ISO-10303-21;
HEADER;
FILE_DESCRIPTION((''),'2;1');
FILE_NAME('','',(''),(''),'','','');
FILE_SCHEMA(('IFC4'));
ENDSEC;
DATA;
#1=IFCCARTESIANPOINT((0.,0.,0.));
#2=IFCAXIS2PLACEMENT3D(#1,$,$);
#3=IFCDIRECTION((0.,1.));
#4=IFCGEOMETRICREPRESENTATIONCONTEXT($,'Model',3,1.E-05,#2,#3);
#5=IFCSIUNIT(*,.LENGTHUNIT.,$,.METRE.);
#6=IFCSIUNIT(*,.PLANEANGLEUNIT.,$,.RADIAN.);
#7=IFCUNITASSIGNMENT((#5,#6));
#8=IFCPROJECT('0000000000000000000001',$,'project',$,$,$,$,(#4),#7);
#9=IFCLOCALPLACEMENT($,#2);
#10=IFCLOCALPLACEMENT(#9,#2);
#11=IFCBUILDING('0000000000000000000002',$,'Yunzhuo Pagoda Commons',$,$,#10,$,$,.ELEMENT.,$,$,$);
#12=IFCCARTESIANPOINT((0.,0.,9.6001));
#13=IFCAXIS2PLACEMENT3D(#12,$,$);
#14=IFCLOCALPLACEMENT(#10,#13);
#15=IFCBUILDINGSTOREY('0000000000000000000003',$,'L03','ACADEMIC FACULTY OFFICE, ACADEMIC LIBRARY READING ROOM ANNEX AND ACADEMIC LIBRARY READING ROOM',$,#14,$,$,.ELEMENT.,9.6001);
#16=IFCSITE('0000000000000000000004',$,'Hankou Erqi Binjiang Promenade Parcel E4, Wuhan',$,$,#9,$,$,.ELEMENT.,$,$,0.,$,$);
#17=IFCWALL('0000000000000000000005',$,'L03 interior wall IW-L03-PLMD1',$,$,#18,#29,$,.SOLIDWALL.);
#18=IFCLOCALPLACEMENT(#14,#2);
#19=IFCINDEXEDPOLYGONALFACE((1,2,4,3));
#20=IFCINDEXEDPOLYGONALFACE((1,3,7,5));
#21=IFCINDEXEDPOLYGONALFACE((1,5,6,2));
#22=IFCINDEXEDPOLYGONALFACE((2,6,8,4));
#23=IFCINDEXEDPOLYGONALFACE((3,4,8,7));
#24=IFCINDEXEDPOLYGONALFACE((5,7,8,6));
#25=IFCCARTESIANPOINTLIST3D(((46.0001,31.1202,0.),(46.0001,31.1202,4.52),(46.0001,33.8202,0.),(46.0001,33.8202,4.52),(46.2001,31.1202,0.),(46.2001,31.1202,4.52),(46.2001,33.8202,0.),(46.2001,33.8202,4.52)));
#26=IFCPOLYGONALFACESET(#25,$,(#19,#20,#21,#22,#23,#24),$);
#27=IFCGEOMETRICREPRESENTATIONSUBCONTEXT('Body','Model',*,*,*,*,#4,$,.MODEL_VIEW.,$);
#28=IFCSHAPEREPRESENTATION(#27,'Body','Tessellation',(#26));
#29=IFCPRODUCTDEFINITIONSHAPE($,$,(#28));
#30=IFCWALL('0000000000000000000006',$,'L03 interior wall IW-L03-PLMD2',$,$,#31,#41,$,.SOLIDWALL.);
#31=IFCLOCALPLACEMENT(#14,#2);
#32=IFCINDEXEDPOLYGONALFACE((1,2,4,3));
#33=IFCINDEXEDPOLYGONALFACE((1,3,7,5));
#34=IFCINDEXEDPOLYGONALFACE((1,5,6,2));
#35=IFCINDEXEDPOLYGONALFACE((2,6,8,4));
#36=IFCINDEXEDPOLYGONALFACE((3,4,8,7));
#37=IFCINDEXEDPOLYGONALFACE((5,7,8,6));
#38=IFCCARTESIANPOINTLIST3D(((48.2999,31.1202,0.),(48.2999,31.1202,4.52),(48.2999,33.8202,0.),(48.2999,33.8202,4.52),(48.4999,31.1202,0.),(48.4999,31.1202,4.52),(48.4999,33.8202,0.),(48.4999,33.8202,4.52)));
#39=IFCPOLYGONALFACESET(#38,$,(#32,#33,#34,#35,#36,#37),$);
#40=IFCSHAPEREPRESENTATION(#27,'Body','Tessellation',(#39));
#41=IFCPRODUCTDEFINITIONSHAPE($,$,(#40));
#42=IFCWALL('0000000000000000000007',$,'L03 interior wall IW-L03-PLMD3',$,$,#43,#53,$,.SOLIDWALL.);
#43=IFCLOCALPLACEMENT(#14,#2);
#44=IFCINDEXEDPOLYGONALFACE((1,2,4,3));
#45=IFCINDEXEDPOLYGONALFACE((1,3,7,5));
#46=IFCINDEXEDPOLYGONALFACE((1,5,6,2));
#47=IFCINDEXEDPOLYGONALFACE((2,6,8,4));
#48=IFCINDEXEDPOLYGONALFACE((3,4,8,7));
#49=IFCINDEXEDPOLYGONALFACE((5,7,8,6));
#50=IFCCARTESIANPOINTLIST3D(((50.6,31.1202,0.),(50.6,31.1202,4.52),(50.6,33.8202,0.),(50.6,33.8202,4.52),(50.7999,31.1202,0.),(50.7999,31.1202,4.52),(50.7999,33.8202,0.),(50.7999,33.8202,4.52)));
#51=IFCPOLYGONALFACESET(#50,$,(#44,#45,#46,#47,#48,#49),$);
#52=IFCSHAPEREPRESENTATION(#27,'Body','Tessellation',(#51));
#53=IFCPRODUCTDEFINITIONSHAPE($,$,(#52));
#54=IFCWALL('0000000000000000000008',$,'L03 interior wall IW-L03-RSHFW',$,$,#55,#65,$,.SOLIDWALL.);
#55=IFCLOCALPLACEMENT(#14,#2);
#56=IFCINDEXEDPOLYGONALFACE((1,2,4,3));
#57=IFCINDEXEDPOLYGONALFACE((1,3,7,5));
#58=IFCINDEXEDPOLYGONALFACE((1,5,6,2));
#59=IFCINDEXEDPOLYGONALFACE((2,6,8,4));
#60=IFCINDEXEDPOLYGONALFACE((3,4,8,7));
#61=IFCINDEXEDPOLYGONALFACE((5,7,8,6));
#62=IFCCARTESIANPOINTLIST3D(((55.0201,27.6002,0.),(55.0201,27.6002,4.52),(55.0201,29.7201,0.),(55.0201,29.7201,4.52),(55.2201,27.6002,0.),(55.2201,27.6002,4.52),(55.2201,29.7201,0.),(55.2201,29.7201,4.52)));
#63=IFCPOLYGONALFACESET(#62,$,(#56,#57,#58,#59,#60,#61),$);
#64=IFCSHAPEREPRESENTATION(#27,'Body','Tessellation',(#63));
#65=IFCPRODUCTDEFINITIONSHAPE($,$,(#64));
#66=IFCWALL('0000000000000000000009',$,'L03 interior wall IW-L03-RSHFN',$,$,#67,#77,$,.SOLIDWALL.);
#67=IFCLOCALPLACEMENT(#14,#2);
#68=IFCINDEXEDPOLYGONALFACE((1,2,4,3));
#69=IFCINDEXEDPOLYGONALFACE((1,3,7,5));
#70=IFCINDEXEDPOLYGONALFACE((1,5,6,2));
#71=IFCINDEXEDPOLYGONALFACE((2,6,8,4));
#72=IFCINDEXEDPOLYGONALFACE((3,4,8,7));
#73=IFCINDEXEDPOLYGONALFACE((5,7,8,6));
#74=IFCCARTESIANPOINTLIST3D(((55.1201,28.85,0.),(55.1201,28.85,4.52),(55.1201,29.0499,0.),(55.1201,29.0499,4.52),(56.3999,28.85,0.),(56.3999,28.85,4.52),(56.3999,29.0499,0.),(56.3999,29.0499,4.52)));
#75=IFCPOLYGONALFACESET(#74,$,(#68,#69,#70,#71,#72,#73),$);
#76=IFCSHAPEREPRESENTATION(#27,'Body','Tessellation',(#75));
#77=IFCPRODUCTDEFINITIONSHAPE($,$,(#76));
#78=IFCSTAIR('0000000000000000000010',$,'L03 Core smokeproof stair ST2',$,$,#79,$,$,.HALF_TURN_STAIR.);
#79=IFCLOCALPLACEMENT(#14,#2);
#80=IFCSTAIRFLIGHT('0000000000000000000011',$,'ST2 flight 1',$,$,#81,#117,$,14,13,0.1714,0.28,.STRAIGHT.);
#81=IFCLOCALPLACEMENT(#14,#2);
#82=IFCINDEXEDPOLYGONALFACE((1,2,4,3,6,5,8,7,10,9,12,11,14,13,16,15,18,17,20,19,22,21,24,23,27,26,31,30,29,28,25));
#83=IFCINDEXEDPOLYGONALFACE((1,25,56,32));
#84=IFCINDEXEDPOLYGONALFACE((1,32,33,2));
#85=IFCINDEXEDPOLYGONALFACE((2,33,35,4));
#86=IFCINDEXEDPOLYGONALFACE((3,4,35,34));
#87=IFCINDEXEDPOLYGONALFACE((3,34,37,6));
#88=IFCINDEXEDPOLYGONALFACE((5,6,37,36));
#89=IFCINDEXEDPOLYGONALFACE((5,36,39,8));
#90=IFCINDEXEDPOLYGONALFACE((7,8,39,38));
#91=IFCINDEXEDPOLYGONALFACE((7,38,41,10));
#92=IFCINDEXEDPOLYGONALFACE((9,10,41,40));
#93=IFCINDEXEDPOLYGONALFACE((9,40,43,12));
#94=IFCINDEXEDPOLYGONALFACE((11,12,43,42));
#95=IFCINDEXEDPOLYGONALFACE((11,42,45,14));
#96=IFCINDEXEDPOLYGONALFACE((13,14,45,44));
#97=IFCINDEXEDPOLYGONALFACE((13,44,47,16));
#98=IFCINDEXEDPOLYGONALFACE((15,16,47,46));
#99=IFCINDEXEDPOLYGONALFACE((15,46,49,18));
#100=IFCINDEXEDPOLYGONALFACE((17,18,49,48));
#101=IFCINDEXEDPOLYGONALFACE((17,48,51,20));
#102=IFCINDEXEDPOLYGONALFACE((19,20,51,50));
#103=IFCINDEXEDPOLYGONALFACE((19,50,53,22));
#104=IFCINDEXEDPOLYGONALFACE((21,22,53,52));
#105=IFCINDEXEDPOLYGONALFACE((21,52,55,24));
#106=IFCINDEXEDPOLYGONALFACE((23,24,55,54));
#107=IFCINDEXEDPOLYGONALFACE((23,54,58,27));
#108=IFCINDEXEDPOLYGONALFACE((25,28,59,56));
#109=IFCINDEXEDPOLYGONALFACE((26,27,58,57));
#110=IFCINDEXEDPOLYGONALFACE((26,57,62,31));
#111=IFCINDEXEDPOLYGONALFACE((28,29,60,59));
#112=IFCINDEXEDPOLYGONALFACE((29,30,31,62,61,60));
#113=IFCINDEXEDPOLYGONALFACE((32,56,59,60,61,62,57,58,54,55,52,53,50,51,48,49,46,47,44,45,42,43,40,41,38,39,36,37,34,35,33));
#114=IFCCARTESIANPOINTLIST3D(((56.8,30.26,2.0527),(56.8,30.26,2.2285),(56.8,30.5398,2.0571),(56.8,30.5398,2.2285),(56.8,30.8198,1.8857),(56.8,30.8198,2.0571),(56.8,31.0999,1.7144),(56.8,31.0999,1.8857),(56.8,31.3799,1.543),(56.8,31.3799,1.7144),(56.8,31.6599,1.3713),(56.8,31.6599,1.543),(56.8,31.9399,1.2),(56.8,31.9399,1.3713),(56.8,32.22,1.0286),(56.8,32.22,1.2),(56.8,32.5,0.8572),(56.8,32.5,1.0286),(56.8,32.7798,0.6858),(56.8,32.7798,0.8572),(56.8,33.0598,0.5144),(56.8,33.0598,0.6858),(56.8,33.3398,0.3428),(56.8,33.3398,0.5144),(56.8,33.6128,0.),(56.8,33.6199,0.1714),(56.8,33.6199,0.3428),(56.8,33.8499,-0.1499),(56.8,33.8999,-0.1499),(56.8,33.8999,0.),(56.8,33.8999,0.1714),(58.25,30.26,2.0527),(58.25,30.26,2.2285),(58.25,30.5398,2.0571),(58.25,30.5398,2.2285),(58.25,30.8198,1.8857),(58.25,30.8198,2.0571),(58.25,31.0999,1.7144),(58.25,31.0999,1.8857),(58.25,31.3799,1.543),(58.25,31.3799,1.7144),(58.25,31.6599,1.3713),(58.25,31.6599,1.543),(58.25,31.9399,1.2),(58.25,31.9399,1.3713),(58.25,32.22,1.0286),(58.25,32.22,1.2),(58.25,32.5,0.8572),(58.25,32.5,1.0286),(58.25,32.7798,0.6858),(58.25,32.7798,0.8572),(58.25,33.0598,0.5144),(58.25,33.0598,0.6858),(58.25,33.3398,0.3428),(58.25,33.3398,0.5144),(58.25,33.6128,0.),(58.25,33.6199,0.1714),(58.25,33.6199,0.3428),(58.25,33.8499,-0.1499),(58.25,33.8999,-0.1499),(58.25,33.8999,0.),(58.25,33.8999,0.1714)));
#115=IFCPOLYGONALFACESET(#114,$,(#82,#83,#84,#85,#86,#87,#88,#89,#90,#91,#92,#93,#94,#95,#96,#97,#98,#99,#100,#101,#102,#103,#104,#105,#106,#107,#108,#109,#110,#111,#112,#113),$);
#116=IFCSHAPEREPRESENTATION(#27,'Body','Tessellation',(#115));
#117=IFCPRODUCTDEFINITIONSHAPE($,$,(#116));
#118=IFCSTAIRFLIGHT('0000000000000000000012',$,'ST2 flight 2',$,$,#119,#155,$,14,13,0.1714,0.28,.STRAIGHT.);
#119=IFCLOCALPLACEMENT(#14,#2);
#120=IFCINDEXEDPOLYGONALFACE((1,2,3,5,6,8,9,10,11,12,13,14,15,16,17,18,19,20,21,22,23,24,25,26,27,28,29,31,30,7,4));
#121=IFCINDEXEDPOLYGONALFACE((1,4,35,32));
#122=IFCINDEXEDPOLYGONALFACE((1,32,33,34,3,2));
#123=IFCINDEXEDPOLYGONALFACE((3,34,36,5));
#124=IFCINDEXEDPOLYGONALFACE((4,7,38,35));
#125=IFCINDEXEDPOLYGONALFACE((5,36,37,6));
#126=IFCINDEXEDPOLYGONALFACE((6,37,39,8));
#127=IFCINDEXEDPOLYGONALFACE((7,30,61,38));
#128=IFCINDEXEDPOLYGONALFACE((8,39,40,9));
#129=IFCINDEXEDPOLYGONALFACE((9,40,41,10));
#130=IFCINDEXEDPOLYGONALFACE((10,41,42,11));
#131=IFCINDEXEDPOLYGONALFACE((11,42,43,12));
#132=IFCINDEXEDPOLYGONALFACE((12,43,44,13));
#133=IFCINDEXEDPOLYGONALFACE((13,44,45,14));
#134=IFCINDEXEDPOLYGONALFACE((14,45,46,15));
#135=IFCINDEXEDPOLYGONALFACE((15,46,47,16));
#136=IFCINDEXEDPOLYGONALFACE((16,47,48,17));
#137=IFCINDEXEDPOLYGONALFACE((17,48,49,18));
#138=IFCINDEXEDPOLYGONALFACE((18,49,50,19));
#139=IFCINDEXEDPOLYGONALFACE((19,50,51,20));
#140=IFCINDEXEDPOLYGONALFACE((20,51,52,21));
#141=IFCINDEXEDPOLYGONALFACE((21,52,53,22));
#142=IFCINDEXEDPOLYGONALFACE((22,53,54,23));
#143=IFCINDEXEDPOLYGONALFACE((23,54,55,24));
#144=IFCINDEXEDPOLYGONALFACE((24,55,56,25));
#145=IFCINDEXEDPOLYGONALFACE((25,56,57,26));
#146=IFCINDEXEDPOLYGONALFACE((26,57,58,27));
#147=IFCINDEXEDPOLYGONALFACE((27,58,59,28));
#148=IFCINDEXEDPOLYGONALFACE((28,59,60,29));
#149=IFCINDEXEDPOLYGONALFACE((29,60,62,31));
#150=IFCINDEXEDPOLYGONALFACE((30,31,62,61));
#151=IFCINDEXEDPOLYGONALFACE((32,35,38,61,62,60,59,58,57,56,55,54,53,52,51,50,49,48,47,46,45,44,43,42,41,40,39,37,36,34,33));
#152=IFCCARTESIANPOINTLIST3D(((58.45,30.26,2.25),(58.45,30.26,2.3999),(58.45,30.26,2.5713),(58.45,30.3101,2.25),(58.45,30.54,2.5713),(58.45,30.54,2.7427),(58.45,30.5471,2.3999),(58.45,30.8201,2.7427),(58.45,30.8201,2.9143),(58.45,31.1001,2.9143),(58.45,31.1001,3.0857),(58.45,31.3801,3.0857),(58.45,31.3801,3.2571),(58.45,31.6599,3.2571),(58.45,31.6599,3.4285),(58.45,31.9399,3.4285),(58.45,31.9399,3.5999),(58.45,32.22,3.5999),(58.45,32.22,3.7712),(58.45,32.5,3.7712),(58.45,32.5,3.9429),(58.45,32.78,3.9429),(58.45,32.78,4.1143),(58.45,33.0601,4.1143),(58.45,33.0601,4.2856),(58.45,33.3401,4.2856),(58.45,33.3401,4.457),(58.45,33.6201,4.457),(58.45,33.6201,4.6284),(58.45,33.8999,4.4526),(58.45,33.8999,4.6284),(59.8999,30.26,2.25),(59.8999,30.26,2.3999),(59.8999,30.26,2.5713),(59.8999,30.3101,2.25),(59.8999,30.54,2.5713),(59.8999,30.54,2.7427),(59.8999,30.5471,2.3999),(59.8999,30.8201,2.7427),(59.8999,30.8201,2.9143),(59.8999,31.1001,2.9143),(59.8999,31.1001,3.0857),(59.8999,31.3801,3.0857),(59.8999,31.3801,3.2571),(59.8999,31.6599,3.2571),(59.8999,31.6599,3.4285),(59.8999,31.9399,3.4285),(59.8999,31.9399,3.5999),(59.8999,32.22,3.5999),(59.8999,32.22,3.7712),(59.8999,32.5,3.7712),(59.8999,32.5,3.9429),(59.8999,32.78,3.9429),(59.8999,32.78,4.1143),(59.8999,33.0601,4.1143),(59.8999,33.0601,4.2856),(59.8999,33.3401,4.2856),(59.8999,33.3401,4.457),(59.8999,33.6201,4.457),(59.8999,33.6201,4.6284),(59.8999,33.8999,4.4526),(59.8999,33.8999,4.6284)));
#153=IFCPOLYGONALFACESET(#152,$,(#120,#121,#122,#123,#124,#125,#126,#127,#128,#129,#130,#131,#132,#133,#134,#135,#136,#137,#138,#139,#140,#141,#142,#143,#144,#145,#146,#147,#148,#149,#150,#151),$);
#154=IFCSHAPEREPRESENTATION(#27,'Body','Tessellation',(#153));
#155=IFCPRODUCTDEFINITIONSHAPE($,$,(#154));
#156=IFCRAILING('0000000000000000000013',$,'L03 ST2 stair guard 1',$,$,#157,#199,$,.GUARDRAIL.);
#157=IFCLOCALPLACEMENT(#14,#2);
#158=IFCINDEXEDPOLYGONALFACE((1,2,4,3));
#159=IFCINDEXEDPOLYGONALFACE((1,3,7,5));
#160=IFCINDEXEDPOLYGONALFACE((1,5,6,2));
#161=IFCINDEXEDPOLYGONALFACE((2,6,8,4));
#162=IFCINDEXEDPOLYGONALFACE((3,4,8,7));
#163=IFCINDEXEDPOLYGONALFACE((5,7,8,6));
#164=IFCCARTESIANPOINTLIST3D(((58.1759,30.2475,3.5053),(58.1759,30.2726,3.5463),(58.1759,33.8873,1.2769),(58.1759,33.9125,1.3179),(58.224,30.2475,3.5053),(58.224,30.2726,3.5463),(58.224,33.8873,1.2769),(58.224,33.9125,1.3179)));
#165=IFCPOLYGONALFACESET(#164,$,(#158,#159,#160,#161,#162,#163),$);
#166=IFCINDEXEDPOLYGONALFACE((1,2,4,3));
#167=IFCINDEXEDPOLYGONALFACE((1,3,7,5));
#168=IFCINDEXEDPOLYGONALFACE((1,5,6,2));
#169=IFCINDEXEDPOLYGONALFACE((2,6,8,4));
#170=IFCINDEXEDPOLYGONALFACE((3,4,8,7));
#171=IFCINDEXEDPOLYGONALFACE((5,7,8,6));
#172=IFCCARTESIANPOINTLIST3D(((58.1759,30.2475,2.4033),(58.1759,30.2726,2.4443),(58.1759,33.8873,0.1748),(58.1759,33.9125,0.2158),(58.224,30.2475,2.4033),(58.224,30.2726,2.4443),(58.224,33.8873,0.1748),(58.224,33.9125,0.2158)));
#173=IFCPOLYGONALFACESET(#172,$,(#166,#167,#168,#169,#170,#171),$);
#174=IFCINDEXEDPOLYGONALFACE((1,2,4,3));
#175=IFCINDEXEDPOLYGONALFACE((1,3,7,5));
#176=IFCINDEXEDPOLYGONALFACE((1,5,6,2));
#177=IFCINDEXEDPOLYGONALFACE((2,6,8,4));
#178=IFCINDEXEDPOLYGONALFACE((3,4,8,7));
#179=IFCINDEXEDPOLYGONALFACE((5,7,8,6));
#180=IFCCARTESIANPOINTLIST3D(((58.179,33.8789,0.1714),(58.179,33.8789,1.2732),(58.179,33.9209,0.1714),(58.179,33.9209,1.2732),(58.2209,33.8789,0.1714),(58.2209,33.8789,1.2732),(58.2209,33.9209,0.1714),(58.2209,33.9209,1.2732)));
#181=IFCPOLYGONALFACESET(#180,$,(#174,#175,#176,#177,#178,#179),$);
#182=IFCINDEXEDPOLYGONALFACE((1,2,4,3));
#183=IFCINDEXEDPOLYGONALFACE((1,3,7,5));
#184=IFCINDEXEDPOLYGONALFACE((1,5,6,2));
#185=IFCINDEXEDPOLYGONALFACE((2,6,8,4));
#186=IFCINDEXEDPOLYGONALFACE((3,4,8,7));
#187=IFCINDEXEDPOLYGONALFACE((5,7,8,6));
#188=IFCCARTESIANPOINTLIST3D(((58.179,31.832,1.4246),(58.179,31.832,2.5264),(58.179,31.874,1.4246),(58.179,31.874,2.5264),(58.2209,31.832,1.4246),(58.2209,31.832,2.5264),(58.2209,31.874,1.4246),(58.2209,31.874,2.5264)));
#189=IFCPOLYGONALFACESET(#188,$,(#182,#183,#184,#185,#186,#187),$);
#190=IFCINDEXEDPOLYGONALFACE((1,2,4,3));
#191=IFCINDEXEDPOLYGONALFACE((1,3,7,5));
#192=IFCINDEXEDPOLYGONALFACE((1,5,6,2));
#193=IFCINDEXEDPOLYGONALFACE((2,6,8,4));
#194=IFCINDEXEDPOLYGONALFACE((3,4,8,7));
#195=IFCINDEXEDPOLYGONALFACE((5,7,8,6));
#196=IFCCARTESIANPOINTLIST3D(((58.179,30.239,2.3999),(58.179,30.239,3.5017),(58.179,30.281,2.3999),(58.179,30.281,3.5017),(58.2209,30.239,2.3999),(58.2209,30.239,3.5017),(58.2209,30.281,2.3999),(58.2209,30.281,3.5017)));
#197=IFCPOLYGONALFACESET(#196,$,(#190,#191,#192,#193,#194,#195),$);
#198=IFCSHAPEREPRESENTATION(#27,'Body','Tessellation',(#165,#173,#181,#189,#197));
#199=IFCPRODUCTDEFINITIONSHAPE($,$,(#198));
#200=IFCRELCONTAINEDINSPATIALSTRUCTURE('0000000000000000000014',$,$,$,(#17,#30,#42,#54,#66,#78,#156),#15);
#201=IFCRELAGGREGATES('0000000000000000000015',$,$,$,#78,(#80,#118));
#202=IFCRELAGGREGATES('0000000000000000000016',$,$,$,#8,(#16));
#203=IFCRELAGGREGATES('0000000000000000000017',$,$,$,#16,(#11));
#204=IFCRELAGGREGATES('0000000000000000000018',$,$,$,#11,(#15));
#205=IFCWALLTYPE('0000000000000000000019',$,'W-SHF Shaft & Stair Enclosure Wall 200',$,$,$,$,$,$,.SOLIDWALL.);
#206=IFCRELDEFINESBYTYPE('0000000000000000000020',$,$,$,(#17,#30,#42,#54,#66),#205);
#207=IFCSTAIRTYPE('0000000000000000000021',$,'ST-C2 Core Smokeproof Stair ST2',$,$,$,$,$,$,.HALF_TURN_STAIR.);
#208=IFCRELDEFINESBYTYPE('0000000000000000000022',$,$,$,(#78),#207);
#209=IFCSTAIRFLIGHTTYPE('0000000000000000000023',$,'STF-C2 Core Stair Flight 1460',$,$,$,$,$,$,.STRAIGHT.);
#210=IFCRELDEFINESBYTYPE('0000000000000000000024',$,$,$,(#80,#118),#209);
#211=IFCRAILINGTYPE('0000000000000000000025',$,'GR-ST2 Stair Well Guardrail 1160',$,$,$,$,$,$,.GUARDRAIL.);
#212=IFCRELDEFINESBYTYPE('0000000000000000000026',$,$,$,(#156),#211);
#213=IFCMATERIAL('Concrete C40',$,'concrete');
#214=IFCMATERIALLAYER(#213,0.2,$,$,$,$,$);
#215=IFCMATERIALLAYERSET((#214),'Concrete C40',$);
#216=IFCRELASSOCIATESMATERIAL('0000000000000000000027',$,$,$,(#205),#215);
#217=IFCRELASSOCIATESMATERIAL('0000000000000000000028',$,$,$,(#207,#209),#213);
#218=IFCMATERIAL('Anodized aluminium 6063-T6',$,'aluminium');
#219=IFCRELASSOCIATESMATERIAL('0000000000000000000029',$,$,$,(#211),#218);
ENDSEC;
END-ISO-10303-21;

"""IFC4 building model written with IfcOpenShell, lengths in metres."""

from ifc_helpers import new_model, si_unit, direction, frame, frame_2d, origin, origin_2d, place, context, subcontext, project, spatial, polyline, rectangle, outline, extrude, source, transform, mapped, material, layer, layer_set, type_object, element, aggregate, save


model = new_model("IFC4")

# Units and contexts
model_context = context("Model", 3, precision=1e-05, world=origin(), true_north=direction((0.0, 1.0)))
body_context = subcontext(model_context, "Body", "Model", "MODEL_VIEW")
ifc_project = project(units=[si_unit("LENGTHUNIT", "METRE"), si_unit("PLANEANGLEUNIT", "RADIAN")], contexts=[model_context])

# Site, building, storey
site_placement = place(None, origin())
site = spatial("IfcSite", under=ifc_project, at=site_placement, Name="Hankou Erqi Binjiang Promenade Parcel E4, Wuhan", CompositionType="ELEMENT", RefElevation=0.0)
building_placement = place(site_placement, origin())
building = spatial("IfcBuilding", under=site, at=building_placement, Name="Yunzhuo Pagoda Commons", CompositionType="ELEMENT")
storey_placement = place(building_placement, frame((0.0, 0.0, 9.6001)))
storey = spatial("IfcBuildingStorey", under=building, at=storey_placement, Name="L03", Description="ACADEMIC FACULTY OFFICE, ACADEMIC LIBRARY READING ROOM ANNEX AND ACADEMIC LIBRARY READING ROOM", CompositionType="ELEMENT", Elevation=9.6001)

# Shared definitions
ifc_material_1 = material(Name="Anodized aluminium 6063-T6", Category="aluminium")

# Walls
ifc_material_2 = material(Name="Concrete C40", Category="concrete")
ifc_layer_1 = layer(ifc_material_2, 0.2)
ifc_layer_set_1 = layer_set([ifc_layer_1], Name="Concrete C40")
wall_type_1 = type_object("IfcWallType", Name="W-SHF Shaft & Stair Enclosure Wall 200", PredefinedType="SOLIDWALL", material=ifc_layer_set_1)
for number, where, z_axis, x_axis, name in (
    (1, (46.1001, 31.1201, 0.0), (0.0, 0.0, 1.0), (0.0, 1.0, 0.0), "L03 interior wall IW-L03-PLMD1"),
    (2, (48.3999, 31.1201, 0.0), (0.0, 0.0, 1.0), (0.0, 1.0, 0.0), "L03 interior wall IW-L03-PLMD2"),
    (3, (50.7, 31.1201, 0.0), (0.0, 0.0, 1.0), (0.0, 1.0, 0.0), "L03 interior wall IW-L03-PLMD3"),
):
    element("IfcWall", number, at=place(storey_placement, frame(where, z_axis=z_axis, x_axis=x_axis)), inside=storey, type_object=wall_type_1, Name=name, PredefinedType="SOLIDWALL", context=body_context, shape_type="SweptSolid", body=[
        extrude(rectangle(XDim=2.7, YDim=0.2, at=frame_2d((1.3501, 0.0))), origin(), (0.0, 0.0, 1.0), 4.52),
    ])
wall_1_placement = place(storey_placement, frame((55.1201, 27.6001, 0.0), z_axis=(0.0, 0.0, 1.0), x_axis=(0.0, 1.0, 0.0)))
element("IfcWall", 4, at=wall_1_placement, inside=storey, type_object=wall_type_1, Name="L03 interior wall IW-L03-RSHFW", PredefinedType="SOLIDWALL", context=body_context, shape_type="SweptSolid", body=[
    extrude(rectangle(XDim=2.1199, YDim=0.2, at=frame_2d((1.0601, 0.0))), origin(), (0.0, 0.0, 1.0), 4.52),
])
wall_2_placement = place(storey_placement, frame((55.1201, 28.95, 0.0), z_axis=(0.0, 0.0, 1.0), x_axis=(1.0, 0.0, 0.0)))
element("IfcWall", 5, at=wall_2_placement, inside=storey, type_object=wall_type_1, Name="L03 interior wall IW-L03-RSHFN", PredefinedType="SOLIDWALL", context=body_context, shape_type="SweptSolid", body=[
    extrude(rectangle(XDim=1.2798, YDim=0.2, at=frame_2d((0.6399, 0.0))), origin(), (0.0, 0.0, 1.0), 4.52),
])

# Stair, stair flights
stair_type = type_object("IfcStairType", Name="ST-C2 Core Smokeproof Stair ST2", PredefinedType="HALF_TURN_STAIR", material=ifc_material_2)
stair_placement = place(storey_placement, origin())
stair = element("IfcStair", 6, at=stair_placement, inside=storey, type_object=stair_type, Name="L03 Core smokeproof stair ST2", PredefinedType="HALF_TURN_STAIR")
stair_flight_type = type_object("IfcStairFlightType", Name="STF-C2 Core Stair Flight 1460", PredefinedType="STRAIGHT", material=ifc_material_2)
shared_shape_1 = source(origin(), body_context, "Body", "SweptSolid", [
    extrude(outline(polyline([(0.0, -0.1499), (0.0, 0.0), (0.0, 0.1714), (0.28, 0.1714), (0.28, 0.3428), (0.5601, 0.3428), (0.5601, 0.5144), (0.8401, 0.5144), (0.8401, 0.6858), (1.1201, 0.6858), (1.1201, 0.8572), (1.3999, 0.8572), (1.3999, 1.0286), (1.6799, 1.0286), (1.6799, 1.2), (1.96, 1.2), (1.96, 1.3713), (2.24, 1.3713), (2.24, 1.543), (2.52, 1.543), (2.52, 1.7144), (2.8, 1.7144), (2.8, 1.8857), (3.0801, 1.8857), (3.0801, 2.0571), (3.3601, 2.0571), (3.3601, 2.2285), (3.6399, 2.2285), (3.6399, 2.3999), (3.6399, 2.0527), (0.2871, 0.0), (0.05, -0.1499), (0.0, -0.1499)])), frame((0.0, 0.7251, 0.0), z_axis=(0.0, -1.0, 0.0), x_axis=(1.0, 0.0, 0.0)), (0.0, 0.0, 1.0), 1.45),
])
stair_flight_1_placement = place(storey_placement, frame((57.5249, 33.8999, 0.0), z_axis=(0.0, 0.0, 1.0), x_axis=(0.0, -1.0, 0.0)))
stair_flight_1 = element("IfcStairFlight", 7, at=stair_flight_1_placement, type_object=stair_flight_type, Name="ST2 flight 1", NumberOfRisers=14, NumberOfTreads=13, PredefinedType="STRAIGHT", RiserHeight=0.1714, TreadLength=0.28, context=body_context, shape_type="MappedRepresentation", body=[
    mapped(shared_shape_1, transform((0.0, 0.0, 0.0), scale=1.0)),
])
stair_flight_2_placement = place(storey_placement, frame((59.175, 30.26, 2.3999), z_axis=(0.0, 0.0, 1.0), x_axis=(0.0, 1.0, 0.0)))
stair_flight_2 = element("IfcStairFlight", 8, at=stair_flight_2_placement, type_object=stair_flight_type, Name="ST2 flight 2", NumberOfRisers=14, NumberOfTreads=13, PredefinedType="STRAIGHT", RiserHeight=0.1714, TreadLength=0.28, context=body_context, shape_type="MappedRepresentation", body=[
    mapped(shared_shape_1, transform((0.0, 0.0, 0.0), scale=1.0)),
])
aggregate(stair, [stair_flight_1, stair_flight_2])

# Railing
railing_type_1 = type_object("IfcRailingType", Name="GR-ST2 Stair Well Guardrail 1160", PredefinedType="GUARDRAIL", material=ifc_material_1)
railing_1_placement = place(storey_placement, frame((58.2, 33.8999, 0.1714)))
element("IfcRailing", 9, at=railing_1_placement, inside=storey, type_object=railing_type_1, Name="L03 ST2 stair guard 1", PredefinedType="GUARDRAIL", context=body_context, shape_type="SweptSolid", body=[
    extrude(rectangle(XDim=0.0481, YDim=0.0481, at=origin_2d()), frame((0.0, 0.0, 1.126), z_axis=(0.0, -0.85285, 0.522156), x_axis=(1.0, 0.0, 0.0)), (0.0, 0.0, 1.0), 4.2678),
    extrude(rectangle(XDim=0.0481, YDim=0.0481, at=origin_2d()), frame((0.0, 0.0, 0.0239), z_axis=(0.0, -0.85285, 0.522156), x_axis=(1.0, 0.0, 0.0)), (0.0, 0.0, 1.0), 4.2678),
    extrude(rectangle(XDim=0.042, YDim=0.042, at=origin_2d()), origin(), (0.0, 0.0, 1.0), 1.1018),
    extrude(rectangle(XDim=0.042, YDim=0.042, at=origin_2d()), frame((0.0, -2.0469, 1.2532)), (0.0, 0.0, 1.0), 1.1018),
    extrude(rectangle(XDim=0.042, YDim=0.042, at=origin_2d()), frame((0.0, -3.6399, 2.2285)), (0.0, 0.0, 1.0), 1.1018),
])

save(model, "model.ifc")
